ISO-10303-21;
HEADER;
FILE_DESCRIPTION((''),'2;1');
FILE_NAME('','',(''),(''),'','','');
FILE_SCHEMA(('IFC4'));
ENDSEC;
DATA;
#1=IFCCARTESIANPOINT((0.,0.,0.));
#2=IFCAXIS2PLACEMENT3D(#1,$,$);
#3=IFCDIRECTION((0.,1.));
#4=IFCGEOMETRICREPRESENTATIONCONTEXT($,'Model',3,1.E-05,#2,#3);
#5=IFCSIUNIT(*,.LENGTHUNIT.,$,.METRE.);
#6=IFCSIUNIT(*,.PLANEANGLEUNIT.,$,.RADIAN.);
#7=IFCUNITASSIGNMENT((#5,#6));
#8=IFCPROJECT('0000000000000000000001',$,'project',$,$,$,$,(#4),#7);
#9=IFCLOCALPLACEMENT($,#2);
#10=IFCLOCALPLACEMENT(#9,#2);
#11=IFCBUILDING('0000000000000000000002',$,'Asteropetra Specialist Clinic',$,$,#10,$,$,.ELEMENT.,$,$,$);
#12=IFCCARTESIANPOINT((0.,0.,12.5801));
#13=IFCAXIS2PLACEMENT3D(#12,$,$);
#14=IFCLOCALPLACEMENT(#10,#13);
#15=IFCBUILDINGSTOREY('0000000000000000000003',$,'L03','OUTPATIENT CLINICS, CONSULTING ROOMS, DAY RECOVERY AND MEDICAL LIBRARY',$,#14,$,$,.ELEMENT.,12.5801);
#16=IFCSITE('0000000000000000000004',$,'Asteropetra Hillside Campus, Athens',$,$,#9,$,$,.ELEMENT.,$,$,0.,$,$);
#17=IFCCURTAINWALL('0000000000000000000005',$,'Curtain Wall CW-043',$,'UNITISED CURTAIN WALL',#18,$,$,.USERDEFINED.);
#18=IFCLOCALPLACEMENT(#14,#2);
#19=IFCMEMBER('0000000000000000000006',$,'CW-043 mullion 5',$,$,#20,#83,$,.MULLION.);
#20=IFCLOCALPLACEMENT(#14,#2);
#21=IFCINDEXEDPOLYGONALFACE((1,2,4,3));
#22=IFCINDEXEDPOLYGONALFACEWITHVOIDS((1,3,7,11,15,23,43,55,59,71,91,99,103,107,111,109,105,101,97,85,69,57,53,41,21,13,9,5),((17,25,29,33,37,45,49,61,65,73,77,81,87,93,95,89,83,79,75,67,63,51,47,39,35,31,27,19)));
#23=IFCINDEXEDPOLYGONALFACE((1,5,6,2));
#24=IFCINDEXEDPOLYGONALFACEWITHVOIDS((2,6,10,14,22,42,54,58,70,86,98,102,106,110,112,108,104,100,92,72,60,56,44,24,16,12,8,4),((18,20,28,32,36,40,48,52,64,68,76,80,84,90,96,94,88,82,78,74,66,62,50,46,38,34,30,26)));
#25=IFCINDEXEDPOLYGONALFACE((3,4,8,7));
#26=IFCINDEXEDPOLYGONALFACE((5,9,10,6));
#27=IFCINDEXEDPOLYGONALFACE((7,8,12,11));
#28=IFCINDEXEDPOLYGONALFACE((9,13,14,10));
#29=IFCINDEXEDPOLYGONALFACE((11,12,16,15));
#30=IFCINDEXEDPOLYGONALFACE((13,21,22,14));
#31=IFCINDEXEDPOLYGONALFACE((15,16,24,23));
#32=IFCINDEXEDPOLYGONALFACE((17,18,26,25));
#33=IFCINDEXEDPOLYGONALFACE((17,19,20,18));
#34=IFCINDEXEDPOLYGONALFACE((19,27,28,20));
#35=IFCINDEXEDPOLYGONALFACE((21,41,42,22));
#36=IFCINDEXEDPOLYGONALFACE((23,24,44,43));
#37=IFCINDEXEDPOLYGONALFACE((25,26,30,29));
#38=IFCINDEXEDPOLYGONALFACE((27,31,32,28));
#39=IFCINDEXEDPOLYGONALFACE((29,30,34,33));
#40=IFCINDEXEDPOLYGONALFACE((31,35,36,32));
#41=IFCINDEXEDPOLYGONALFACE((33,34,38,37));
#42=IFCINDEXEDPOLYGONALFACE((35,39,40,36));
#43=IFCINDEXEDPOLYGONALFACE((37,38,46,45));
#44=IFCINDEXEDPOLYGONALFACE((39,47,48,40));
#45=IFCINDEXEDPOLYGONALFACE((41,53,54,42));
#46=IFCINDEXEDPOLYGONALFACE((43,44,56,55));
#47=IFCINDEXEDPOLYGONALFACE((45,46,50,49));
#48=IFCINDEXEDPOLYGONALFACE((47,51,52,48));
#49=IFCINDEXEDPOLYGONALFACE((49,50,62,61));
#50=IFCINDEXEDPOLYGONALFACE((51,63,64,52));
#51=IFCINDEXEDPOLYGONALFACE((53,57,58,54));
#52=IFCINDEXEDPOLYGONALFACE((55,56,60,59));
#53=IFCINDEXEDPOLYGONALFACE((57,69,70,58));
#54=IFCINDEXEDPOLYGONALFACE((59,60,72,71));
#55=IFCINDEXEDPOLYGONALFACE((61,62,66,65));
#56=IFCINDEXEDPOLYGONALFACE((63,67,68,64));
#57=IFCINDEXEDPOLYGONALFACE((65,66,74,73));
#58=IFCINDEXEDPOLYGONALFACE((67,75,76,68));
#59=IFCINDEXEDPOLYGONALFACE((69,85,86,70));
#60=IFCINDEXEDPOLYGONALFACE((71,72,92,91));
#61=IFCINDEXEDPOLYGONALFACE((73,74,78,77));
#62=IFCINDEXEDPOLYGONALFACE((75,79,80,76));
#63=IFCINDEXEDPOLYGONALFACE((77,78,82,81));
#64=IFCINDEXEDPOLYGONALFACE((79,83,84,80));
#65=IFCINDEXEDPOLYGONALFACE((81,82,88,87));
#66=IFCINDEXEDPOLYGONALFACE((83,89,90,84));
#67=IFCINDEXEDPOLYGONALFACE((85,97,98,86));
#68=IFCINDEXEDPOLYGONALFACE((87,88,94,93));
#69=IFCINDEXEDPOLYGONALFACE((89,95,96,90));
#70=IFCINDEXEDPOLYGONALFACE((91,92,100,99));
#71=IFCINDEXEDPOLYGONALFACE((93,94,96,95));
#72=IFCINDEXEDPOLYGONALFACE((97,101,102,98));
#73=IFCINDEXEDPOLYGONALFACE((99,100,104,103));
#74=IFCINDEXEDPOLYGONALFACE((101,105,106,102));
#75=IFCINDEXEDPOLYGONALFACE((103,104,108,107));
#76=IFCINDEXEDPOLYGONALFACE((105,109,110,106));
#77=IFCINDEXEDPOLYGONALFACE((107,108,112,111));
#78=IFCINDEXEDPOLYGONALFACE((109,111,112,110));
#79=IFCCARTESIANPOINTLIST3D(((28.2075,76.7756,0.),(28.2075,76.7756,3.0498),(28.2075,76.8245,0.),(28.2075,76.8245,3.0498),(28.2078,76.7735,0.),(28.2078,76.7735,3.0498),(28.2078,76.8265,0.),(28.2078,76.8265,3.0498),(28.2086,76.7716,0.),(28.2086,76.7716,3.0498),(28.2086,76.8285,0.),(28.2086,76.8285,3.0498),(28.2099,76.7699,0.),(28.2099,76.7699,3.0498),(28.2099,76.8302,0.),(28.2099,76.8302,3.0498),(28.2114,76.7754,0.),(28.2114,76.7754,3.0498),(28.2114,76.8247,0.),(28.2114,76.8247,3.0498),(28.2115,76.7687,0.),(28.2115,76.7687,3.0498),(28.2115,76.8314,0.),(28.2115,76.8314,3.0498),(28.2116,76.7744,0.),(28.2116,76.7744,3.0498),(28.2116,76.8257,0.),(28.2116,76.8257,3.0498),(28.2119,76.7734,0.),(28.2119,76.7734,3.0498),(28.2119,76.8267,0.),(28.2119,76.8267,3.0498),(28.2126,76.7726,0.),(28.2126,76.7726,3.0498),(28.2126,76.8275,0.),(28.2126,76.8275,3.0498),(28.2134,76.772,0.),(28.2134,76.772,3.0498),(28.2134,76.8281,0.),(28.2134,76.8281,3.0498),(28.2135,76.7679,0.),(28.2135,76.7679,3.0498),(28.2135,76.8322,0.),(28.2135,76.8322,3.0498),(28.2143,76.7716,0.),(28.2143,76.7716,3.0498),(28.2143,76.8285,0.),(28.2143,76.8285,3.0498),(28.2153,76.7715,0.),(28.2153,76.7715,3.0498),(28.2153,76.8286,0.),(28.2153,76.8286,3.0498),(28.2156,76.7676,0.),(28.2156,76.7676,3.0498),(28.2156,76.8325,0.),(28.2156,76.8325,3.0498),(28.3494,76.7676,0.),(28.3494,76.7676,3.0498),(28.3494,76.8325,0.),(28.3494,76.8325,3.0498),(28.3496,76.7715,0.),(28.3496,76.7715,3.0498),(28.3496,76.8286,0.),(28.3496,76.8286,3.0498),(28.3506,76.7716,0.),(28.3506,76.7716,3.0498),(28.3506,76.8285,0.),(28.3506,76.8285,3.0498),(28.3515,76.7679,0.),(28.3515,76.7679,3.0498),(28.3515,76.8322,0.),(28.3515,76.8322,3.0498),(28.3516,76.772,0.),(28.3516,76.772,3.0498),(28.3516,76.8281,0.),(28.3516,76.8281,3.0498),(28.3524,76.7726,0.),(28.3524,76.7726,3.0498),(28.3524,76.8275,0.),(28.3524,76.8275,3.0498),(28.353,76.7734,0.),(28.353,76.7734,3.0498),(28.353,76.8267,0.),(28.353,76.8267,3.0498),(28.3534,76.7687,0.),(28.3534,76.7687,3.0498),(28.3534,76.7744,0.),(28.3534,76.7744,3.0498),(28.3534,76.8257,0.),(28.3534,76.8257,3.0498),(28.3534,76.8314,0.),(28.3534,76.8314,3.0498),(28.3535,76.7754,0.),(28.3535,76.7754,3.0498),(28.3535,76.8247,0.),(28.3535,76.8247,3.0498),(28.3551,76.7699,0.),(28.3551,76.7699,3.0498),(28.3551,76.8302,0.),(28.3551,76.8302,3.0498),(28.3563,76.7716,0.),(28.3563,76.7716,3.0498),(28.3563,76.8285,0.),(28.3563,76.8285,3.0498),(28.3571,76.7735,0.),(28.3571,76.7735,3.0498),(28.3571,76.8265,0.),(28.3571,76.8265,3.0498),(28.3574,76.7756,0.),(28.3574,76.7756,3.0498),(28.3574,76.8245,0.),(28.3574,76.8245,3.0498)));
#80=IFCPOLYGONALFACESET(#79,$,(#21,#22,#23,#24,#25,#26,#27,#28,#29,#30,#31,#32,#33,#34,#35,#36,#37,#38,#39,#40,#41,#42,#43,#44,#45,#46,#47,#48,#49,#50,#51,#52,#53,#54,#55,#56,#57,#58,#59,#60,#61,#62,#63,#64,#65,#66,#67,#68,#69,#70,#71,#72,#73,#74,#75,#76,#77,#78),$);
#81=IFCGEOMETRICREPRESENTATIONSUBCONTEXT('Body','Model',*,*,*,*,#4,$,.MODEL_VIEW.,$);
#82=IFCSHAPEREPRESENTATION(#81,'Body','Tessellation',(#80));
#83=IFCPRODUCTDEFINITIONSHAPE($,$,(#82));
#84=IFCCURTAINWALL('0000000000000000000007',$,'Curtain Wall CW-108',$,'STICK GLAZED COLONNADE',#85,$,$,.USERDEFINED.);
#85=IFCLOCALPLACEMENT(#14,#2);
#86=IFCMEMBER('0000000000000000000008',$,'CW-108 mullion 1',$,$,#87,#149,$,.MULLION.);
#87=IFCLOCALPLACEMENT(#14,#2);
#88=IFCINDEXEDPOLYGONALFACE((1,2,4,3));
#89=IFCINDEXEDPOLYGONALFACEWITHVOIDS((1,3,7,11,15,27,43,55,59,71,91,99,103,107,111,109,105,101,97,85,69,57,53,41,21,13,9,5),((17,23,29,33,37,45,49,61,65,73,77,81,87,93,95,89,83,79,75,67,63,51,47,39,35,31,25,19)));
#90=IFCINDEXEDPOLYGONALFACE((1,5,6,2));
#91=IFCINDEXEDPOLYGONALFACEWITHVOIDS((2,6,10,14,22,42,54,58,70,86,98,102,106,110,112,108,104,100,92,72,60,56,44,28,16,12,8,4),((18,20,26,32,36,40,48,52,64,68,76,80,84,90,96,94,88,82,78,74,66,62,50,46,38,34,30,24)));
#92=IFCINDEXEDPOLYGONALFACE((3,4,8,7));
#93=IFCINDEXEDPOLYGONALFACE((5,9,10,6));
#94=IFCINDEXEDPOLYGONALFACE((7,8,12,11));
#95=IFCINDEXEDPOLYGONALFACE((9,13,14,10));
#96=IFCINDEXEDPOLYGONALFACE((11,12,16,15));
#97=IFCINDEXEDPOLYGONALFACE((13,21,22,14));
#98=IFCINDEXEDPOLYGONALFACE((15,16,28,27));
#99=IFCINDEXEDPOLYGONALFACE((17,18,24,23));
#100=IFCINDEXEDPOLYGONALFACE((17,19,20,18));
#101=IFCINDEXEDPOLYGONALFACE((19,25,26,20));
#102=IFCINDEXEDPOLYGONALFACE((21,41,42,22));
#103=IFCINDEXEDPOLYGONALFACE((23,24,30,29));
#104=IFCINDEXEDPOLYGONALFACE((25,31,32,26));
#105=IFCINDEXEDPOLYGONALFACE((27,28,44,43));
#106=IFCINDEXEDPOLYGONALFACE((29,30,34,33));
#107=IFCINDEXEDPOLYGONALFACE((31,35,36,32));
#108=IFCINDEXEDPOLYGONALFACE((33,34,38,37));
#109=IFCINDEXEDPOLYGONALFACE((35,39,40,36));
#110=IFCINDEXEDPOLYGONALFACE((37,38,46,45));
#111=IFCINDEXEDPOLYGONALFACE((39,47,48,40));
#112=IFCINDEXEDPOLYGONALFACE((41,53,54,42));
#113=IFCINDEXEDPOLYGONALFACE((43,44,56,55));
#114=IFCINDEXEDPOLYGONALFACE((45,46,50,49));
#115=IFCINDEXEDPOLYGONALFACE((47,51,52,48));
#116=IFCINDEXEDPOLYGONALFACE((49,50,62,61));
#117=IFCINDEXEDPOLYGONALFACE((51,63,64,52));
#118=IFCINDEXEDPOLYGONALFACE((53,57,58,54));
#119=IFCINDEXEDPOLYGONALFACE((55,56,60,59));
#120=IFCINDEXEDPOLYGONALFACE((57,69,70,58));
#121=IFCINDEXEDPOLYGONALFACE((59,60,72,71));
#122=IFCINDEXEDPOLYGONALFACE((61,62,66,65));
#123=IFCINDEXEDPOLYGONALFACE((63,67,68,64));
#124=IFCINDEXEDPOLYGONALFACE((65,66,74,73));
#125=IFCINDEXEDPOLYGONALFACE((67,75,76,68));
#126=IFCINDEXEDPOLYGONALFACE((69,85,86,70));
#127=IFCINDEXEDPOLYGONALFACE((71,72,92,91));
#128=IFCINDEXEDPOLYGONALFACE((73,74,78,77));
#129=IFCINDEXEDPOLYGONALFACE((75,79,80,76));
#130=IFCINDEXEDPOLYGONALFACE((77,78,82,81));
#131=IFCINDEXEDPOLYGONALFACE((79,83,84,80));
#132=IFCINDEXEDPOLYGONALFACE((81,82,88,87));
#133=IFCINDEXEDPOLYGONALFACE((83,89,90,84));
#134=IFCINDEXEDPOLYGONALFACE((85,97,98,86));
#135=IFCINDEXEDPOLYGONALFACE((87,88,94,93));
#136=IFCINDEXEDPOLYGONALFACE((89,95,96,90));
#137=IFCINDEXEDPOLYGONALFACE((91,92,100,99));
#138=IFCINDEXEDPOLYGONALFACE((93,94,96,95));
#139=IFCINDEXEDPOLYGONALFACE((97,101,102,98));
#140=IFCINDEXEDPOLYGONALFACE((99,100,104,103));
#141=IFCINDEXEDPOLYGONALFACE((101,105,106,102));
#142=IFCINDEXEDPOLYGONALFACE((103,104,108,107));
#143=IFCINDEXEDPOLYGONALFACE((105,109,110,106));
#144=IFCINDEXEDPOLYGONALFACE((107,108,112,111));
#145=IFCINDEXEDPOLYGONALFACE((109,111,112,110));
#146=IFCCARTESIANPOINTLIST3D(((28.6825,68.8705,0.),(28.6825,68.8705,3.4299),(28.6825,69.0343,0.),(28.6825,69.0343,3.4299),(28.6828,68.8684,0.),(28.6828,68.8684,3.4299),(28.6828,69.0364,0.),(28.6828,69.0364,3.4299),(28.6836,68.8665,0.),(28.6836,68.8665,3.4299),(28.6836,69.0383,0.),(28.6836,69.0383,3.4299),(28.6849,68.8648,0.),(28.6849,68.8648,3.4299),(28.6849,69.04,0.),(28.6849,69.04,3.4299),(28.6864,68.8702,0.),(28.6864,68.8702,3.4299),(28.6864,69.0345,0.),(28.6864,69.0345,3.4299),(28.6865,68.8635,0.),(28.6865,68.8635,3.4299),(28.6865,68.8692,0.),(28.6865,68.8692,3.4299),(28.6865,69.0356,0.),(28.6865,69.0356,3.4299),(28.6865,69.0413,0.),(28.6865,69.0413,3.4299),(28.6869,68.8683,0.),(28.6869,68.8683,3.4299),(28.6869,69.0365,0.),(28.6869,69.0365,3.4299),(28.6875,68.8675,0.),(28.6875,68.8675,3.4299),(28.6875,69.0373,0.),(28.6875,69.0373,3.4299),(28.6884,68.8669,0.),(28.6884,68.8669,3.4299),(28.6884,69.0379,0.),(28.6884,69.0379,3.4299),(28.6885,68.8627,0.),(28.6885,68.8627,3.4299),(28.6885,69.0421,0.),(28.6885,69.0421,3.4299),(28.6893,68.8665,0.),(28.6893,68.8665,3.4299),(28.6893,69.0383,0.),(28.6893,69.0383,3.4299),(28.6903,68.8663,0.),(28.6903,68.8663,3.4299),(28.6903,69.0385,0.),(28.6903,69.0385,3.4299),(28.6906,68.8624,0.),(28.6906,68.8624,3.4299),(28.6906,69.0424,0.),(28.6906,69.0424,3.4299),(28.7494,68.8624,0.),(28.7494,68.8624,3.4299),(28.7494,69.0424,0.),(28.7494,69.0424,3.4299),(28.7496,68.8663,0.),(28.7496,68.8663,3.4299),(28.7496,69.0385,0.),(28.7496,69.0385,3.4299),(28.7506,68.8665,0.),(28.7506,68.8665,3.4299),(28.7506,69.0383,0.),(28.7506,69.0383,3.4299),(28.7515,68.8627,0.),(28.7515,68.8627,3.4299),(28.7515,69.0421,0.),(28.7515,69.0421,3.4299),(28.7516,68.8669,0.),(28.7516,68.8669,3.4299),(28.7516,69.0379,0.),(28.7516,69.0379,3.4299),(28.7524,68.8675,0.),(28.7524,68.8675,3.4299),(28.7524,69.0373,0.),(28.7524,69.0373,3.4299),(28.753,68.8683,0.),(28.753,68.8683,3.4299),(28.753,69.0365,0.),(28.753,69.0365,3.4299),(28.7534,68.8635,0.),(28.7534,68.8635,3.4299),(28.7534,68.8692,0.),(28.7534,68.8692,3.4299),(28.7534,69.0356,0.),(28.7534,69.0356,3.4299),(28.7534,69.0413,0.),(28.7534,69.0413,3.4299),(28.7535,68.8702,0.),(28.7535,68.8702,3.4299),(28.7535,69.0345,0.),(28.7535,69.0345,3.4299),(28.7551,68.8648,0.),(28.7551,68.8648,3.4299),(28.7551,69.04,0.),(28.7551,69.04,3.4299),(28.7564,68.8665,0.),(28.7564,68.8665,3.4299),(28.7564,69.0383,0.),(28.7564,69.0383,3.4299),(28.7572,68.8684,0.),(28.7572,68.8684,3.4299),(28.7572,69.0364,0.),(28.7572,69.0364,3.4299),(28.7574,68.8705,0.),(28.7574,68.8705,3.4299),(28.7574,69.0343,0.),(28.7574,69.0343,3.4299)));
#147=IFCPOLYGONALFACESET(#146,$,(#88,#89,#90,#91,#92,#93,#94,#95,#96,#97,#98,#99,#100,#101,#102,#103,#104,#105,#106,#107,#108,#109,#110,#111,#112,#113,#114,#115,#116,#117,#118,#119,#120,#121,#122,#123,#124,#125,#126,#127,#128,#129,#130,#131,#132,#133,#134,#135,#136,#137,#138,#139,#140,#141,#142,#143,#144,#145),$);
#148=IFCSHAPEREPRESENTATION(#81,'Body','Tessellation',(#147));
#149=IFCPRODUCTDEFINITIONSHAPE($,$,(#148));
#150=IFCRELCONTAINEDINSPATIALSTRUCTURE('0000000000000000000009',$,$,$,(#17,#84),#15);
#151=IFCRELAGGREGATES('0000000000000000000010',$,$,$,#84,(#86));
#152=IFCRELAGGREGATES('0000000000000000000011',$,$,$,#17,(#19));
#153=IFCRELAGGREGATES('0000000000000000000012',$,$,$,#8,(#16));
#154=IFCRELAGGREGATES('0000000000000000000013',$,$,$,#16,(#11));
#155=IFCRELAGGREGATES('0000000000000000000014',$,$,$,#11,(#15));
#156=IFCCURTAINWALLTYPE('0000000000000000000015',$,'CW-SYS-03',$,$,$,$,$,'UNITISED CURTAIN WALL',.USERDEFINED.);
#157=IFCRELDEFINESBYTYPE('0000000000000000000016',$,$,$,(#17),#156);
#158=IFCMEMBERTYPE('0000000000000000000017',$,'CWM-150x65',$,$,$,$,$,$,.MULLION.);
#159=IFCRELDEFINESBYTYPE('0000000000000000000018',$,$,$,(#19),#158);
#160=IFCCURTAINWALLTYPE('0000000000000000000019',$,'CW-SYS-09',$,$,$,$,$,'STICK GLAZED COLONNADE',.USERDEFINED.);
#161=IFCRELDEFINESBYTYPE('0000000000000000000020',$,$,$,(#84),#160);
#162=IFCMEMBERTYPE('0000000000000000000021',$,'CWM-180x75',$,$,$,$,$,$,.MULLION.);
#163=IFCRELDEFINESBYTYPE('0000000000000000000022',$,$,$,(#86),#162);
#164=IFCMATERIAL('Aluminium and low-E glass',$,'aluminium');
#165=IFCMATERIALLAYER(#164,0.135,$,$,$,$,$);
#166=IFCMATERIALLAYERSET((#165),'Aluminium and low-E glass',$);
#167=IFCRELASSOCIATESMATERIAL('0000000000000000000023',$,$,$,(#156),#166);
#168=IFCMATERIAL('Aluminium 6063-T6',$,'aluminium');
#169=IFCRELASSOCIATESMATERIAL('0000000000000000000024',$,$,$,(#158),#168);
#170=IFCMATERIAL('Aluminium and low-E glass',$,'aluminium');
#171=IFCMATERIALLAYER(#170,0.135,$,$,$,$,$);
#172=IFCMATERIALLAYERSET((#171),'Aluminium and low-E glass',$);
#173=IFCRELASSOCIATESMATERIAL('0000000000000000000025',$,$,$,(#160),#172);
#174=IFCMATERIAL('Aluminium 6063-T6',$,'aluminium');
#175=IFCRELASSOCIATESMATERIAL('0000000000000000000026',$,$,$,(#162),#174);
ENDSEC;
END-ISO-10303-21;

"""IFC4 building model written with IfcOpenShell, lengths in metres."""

from ifc_helpers import new_model, si_unit, direction, frame, origin, origin_2d, place, context, subcontext, project, spatial, hollow_rectangle, extrude, material, layer, layer_set, material_profile, profile_set, type_object, element, aggregate, save


model = new_model("IFC4")

# Units and contexts
model_context = context("Model", 3, precision=1e-05, world=origin(), true_north=direction((0.0, 1.0)))
body_context = subcontext(model_context, "Body", "Model", "MODEL_VIEW")
ifc_project = project(units=[si_unit("LENGTHUNIT", "METRE"), si_unit("PLANEANGLEUNIT", "RADIAN")], contexts=[model_context])

# Site, building, storey
site_placement = place(None, origin())
site = spatial("IfcSite", under=ifc_project, at=site_placement, Name="Asteropetra Hillside Campus, Athens", CompositionType="ELEMENT", RefElevation=0.0)
building_placement = place(site_placement, origin())
building = spatial("IfcBuilding", under=site, at=building_placement, Name="Asteropetra Specialist Clinic", CompositionType="ELEMENT")
storey_placement = place(building_placement, frame((0.0, 0.0, 12.5801)))
storey = spatial("IfcBuildingStorey", under=building, at=storey_placement, Name="L03", Description="OUTPATIENT CLINICS, CONSULTING ROOMS, DAY RECOVERY AND MEDICAL LIBRARY", CompositionType="ELEMENT", Elevation=12.5801)

# Curtain wall, member
ifc_material_1 = material(Name="Aluminium and low-E glass", Category="aluminium")
ifc_layer_1 = layer(ifc_material_1, 0.135)
ifc_layer_set_1 = layer_set([ifc_layer_1], Name="Aluminium and low-E glass")
curtain_wall_type_1 = type_object("IfcCurtainWallType", Name="CW-SYS-03", ElementType="UNITISED CURTAIN WALL", PredefinedType="USERDEFINED", material=ifc_layer_set_1)
curtain_wall_1_placement = place(storey_placement, origin())
curtain_wall_1 = element("IfcCurtainWall", 1, at=curtain_wall_1_placement, inside=storey, type_object=curtain_wall_type_1, Name="Curtain Wall CW-043", ObjectType="UNITISED CURTAIN WALL", PredefinedType="USERDEFINED")
ifc_material_2 = material(Name="Aluminium 6063-T6", Category="aluminium")
ifc_material_profile_1 = material_profile(ifc_material_2, hollow_rectangle(XDim=0.0649, YDim=0.1499, WallThickness=0.0039, InnerFilletRadius=0.0039, OuterFilletRadius=0.0081, at=origin_2d()), Name="MUL 150x65x4.0")
ifc_profile_set_1 = profile_set([ifc_material_profile_1], Name="Aluminium 6063-T6")
member_type_1 = type_object("IfcMemberType", Name="CWM-150x65", PredefinedType="MULLION", material=ifc_profile_set_1)
member_1_placement = place(storey_placement, frame((28.2825, 76.8, 0.0), z_axis=(0.0, 0.0, 1.0), x_axis=(0.0, 1.0, 0.0)))
member_1 = element("IfcMember", 2, at=member_1_placement, type_object=member_type_1, Name="CW-043 mullion 5", PredefinedType="MULLION", context=body_context, shape_type="SweptSolid", body=[
    extrude(hollow_rectangle(XDim=0.0649, YDim=0.1499, WallThickness=0.0039, InnerFilletRadius=0.0039, OuterFilletRadius=0.0081, at=origin_2d()), origin(), (0.0, 0.0, 1.0), 3.0498),
])

# Curtain wall, member
ifc_material_3 = material(Name="Aluminium and low-E glass", Category="aluminium")
ifc_layer_2 = layer(ifc_material_3, 0.135)
ifc_layer_set_2 = layer_set([ifc_layer_2], Name="Aluminium and low-E glass")
curtain_wall_type_2 = type_object("IfcCurtainWallType", Name="CW-SYS-09", ElementType="STICK GLAZED COLONNADE", PredefinedType="USERDEFINED", material=ifc_layer_set_2)
curtain_wall_2_placement = place(storey_placement, origin())
curtain_wall_2 = element("IfcCurtainWall", 3, at=curtain_wall_2_placement, inside=storey, type_object=curtain_wall_type_2, Name="Curtain Wall CW-108", ObjectType="STICK GLAZED COLONNADE", PredefinedType="USERDEFINED")
ifc_material_4 = material(Name="Aluminium 6063-T6", Category="aluminium")
ifc_material_profile_2 = material_profile(ifc_material_4, hollow_rectangle(XDim=0.075, YDim=0.1799, WallThickness=0.0039, InnerFilletRadius=0.0039, OuterFilletRadius=0.0081, at=origin_2d()), Name="MUL 180x75x4.0")
ifc_profile_set_2 = profile_set([ifc_material_profile_2], Name="Aluminium 6063-T6")
member_type_2 = type_object("IfcMemberType", Name="CWM-180x75", PredefinedType="MULLION", material=ifc_profile_set_2)
member_2_placement = place(storey_placement, frame((28.72, 68.9524, 0.0), z_axis=(0.0, 0.0, 1.0), x_axis=(1.0, 0.0, 0.0)))
member_2 = element("IfcMember", 4, at=member_2_placement, type_object=member_type_2, Name="CW-108 mullion 1", PredefinedType="MULLION", context=body_context, shape_type="SweptSolid", body=[
    extrude(hollow_rectangle(XDim=0.075, YDim=0.1799, WallThickness=0.0039, InnerFilletRadius=0.0039, OuterFilletRadius=0.0081, at=origin_2d()), origin(), (0.0, 0.0, 1.0), 3.4299),
])

aggregate(curtain_wall_2, [member_2])

aggregate(curtain_wall_1, [member_1])

save(model, "model.ifc")
